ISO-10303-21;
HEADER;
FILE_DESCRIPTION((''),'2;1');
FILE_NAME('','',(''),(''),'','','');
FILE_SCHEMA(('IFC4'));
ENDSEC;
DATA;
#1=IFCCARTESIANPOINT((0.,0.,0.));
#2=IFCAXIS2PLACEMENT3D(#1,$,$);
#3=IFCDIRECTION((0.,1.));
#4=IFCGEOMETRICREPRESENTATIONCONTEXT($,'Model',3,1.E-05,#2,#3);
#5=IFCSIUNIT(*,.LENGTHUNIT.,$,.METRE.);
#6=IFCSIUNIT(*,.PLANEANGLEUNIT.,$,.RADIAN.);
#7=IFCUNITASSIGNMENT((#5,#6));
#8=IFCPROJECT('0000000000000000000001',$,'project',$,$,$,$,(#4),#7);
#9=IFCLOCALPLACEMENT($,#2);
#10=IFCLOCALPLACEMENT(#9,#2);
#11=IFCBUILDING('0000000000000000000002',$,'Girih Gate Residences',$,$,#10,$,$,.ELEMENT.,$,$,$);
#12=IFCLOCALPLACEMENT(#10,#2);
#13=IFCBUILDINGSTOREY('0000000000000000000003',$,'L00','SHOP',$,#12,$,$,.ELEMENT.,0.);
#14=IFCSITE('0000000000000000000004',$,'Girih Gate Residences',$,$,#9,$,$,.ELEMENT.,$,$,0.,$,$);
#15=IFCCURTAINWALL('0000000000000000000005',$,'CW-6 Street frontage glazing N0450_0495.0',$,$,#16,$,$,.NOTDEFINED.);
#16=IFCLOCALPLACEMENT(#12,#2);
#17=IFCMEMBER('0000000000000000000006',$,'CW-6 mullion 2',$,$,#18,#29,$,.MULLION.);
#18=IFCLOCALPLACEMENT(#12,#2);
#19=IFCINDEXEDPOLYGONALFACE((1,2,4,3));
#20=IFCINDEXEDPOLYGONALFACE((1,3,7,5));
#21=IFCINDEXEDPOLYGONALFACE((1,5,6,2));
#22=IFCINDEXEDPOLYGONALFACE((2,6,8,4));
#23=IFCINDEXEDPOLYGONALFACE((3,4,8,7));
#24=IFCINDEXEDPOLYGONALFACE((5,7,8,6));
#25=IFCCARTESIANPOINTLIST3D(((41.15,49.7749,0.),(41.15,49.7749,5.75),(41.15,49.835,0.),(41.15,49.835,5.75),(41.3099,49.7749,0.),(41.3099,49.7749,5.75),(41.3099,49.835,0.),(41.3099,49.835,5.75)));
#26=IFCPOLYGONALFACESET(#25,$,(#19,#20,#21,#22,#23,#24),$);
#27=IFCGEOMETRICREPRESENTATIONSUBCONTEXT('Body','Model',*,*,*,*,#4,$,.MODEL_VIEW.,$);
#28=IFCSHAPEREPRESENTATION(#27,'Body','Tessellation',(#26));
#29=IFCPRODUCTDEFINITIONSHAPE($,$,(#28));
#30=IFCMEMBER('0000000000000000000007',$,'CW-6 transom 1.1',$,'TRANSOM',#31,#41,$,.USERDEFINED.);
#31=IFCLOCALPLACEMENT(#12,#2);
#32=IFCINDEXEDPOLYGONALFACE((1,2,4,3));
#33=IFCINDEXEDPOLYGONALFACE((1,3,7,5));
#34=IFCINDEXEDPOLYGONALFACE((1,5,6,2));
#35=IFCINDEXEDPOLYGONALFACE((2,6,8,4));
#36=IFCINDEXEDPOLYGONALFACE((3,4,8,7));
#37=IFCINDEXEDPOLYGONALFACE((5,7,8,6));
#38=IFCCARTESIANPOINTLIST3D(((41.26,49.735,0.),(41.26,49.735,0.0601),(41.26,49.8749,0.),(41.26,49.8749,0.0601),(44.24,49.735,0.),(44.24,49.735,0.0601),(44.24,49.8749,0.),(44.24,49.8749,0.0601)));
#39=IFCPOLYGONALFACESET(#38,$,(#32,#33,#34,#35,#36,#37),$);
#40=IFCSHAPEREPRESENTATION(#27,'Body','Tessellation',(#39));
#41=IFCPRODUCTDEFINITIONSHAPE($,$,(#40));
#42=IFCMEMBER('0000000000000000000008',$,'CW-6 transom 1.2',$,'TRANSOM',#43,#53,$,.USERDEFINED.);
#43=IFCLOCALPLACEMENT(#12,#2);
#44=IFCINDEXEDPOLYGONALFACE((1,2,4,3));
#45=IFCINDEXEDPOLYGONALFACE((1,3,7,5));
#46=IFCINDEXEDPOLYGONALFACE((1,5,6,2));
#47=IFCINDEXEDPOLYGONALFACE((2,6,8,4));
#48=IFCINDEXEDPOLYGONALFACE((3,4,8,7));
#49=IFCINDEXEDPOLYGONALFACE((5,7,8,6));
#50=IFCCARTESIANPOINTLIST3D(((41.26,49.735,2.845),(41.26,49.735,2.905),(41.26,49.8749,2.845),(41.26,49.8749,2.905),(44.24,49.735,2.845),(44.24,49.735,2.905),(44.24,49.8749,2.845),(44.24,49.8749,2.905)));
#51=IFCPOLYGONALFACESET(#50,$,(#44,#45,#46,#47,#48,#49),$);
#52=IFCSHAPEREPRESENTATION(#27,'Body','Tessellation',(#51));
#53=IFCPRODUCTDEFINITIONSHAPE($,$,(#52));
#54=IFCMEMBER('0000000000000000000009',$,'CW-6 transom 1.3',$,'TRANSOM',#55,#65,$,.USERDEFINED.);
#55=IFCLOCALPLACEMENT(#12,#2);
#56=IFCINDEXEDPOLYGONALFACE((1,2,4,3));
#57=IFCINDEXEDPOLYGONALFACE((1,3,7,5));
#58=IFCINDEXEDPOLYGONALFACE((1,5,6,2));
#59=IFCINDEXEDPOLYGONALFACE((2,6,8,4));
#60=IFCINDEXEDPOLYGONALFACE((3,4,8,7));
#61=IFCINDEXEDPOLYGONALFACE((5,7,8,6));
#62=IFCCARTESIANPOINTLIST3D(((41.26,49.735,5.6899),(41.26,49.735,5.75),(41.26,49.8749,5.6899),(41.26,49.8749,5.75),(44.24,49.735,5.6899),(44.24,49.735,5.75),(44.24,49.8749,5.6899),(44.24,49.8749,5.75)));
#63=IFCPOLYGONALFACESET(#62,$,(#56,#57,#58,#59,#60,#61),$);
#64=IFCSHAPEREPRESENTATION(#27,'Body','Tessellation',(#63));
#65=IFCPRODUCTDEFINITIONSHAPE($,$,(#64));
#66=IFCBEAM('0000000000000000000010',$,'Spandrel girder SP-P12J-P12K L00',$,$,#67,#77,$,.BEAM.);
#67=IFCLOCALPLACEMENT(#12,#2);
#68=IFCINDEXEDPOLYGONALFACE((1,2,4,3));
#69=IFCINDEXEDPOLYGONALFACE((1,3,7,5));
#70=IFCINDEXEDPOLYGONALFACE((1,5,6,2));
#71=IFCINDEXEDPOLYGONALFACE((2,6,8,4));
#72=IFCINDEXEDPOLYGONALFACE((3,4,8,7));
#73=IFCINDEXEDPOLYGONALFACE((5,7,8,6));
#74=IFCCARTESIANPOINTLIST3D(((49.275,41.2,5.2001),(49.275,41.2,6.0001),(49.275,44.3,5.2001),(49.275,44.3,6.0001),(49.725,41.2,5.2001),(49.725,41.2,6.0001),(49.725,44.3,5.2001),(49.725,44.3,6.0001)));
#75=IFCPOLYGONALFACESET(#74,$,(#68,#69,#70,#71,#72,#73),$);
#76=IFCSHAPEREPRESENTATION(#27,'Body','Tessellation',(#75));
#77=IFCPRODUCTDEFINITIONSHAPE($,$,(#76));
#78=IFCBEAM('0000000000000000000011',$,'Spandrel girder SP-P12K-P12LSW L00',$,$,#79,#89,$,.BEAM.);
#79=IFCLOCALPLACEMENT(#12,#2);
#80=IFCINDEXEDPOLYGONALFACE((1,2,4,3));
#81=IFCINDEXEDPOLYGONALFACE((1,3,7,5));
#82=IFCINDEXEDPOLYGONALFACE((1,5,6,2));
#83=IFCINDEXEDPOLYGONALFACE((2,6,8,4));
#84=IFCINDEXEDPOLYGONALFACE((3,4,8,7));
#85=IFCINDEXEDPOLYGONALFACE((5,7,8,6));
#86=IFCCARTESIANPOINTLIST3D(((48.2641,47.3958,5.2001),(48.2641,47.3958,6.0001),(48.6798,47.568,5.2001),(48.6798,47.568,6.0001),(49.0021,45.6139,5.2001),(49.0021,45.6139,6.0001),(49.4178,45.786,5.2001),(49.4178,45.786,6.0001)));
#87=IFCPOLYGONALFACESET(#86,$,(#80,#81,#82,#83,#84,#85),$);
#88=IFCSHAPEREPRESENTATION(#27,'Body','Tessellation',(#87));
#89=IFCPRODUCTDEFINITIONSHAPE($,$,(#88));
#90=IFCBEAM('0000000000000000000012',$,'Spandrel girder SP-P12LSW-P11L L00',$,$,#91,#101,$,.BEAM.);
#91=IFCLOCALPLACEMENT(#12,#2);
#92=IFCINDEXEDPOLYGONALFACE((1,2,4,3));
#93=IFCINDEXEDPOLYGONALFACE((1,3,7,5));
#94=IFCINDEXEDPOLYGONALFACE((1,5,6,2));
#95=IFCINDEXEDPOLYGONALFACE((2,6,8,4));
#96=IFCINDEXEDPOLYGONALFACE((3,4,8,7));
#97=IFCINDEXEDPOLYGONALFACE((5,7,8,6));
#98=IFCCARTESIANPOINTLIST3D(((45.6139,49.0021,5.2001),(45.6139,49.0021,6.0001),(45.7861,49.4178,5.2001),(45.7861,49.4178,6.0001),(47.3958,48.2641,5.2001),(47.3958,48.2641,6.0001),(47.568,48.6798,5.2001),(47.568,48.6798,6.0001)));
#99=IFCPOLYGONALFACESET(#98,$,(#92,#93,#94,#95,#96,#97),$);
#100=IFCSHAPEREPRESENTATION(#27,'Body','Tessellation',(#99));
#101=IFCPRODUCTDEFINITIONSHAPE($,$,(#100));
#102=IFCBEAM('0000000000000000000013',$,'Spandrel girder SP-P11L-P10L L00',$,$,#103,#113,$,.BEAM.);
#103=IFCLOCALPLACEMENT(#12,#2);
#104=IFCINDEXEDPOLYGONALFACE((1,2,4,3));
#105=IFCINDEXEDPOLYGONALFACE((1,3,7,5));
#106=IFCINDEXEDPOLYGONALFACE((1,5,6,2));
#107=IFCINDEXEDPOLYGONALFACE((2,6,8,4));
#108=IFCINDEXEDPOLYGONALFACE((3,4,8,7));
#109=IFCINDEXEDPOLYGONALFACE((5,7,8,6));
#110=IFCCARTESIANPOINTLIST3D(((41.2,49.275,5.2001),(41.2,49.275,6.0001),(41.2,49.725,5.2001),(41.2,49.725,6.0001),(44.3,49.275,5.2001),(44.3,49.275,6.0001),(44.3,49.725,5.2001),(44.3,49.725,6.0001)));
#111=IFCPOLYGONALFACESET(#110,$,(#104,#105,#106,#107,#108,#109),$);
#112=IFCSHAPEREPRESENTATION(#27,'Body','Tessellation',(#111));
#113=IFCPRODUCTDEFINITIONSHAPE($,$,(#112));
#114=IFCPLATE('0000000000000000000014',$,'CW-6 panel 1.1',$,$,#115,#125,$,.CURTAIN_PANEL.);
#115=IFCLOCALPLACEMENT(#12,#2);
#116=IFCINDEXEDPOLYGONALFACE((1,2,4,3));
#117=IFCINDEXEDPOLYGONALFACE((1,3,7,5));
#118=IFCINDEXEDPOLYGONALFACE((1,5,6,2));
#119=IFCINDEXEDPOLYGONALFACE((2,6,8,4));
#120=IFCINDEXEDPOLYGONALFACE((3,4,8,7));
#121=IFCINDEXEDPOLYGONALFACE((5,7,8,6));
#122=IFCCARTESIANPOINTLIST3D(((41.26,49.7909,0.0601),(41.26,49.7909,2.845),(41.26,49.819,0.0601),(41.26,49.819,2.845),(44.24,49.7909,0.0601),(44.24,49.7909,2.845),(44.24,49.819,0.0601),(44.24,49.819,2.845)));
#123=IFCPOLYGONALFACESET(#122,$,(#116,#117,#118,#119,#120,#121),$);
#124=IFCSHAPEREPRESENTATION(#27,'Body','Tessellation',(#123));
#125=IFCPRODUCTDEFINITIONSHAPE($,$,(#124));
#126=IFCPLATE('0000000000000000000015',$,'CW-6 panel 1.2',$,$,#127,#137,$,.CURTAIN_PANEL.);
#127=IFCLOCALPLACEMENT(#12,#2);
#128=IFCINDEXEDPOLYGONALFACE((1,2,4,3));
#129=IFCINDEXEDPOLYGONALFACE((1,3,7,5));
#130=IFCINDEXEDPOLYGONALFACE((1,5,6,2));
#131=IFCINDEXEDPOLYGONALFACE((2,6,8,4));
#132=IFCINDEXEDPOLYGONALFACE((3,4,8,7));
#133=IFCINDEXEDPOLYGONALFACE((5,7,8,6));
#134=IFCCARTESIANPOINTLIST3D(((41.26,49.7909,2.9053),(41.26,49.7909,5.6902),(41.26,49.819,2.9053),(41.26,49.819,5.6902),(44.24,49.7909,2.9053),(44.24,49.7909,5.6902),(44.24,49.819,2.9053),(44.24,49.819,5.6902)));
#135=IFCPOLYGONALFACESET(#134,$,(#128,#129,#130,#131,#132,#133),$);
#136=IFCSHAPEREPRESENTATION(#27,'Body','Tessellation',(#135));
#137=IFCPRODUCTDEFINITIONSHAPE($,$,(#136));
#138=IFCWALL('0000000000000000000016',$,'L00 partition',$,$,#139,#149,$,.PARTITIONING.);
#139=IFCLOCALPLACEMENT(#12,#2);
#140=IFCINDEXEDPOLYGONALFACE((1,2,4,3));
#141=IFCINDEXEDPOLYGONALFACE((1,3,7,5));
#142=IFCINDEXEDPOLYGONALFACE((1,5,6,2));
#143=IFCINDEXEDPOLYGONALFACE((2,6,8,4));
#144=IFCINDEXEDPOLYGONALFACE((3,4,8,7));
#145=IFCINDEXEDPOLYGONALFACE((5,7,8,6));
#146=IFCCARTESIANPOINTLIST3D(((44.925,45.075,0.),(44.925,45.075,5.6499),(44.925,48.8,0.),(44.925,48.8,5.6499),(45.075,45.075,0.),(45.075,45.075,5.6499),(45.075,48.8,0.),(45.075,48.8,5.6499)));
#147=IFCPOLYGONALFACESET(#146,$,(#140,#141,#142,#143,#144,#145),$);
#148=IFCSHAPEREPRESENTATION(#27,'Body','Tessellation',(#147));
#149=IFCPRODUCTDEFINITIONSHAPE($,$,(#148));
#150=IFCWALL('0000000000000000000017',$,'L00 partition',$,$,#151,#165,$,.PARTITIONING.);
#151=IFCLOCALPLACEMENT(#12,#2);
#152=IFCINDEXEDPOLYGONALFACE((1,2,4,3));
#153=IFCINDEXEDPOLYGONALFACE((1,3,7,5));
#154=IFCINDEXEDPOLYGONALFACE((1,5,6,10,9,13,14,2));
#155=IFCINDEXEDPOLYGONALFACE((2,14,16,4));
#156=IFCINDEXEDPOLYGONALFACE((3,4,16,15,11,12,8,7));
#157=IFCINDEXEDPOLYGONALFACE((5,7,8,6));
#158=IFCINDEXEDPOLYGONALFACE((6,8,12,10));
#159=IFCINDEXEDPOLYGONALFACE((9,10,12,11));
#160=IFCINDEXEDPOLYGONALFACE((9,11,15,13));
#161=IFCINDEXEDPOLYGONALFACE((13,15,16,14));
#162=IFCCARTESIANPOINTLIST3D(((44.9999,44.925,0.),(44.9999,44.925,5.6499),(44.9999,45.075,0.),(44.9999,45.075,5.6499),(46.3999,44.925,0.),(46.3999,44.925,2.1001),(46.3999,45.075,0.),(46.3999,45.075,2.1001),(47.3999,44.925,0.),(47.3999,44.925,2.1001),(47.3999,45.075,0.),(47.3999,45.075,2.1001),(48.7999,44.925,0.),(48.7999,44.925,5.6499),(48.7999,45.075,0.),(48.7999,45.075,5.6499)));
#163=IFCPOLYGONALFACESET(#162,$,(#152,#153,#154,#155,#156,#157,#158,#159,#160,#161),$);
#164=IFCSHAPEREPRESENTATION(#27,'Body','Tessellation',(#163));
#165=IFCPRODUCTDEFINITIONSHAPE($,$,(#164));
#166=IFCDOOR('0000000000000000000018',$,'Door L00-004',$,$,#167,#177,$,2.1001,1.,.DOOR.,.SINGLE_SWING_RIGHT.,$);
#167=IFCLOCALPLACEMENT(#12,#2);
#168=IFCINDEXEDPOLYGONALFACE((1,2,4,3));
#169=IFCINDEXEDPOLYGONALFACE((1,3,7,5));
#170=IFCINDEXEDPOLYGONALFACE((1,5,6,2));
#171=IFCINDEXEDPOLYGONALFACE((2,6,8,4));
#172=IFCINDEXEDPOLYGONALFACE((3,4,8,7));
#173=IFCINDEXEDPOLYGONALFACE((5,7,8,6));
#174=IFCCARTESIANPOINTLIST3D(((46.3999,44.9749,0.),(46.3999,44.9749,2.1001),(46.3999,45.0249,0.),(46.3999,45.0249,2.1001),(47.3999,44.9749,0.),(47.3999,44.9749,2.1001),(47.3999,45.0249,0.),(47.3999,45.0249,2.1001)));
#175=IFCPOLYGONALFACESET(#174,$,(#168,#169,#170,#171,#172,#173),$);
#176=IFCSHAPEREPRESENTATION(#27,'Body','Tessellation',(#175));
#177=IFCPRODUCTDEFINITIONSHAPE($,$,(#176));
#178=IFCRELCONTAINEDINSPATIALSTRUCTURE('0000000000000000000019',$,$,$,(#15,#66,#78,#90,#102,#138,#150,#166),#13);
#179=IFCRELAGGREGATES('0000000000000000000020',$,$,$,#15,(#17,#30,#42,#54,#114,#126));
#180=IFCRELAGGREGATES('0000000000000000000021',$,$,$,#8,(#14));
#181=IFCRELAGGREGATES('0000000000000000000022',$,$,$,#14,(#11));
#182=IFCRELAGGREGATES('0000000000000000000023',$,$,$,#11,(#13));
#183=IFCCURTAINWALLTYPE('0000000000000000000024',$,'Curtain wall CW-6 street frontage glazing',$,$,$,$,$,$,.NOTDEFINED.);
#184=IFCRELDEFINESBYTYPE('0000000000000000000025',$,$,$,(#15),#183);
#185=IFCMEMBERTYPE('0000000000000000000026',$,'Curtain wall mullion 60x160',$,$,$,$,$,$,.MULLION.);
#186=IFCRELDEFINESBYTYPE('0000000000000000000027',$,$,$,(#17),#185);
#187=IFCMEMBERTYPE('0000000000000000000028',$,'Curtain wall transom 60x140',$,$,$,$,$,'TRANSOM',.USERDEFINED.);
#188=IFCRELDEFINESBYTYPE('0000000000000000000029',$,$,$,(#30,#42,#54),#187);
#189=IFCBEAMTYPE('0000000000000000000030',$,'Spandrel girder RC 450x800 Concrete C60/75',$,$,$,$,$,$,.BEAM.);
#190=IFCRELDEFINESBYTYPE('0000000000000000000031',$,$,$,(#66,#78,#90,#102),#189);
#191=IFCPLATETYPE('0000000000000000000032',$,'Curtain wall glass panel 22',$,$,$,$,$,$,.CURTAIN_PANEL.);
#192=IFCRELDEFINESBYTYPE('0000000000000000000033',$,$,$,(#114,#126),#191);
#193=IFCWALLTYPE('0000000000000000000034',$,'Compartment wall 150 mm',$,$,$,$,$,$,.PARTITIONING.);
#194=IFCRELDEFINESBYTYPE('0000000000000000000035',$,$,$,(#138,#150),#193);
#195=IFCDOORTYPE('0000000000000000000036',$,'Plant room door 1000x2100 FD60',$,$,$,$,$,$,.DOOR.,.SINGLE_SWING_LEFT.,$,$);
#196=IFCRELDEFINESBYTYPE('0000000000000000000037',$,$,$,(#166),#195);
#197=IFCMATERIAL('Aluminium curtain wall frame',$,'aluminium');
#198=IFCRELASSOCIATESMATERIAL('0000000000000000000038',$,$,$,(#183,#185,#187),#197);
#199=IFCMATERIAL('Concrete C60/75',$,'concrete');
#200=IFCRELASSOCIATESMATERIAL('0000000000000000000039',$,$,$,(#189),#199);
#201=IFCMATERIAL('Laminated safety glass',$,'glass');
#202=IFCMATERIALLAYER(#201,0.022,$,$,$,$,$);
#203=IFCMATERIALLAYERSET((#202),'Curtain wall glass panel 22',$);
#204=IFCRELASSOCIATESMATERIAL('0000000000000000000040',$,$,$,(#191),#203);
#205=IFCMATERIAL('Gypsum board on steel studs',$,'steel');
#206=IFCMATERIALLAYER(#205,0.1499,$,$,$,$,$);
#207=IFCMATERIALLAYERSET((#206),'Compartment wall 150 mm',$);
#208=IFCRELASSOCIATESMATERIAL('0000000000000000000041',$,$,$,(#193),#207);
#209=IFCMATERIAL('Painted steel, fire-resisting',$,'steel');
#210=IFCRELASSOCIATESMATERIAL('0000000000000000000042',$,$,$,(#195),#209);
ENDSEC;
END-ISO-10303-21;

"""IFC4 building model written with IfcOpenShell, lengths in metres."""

from ifc_helpers import new_model, si_unit, direction, frame, frame_2d, origin, origin_2d, place, context, subcontext, project, spatial, rectangle, extrude, material, layer, layer_set, material_profile, profile_set, type_object, element, fill, aggregate, save


model = new_model("IFC4")

# Units and contexts
model_context = context("Model", 3, precision=1e-05, world=origin(), true_north=direction((0.0, 1.0)))
body_context = subcontext(model_context, "Body", "Model", "MODEL_VIEW")
ifc_project = project(units=[si_unit("LENGTHUNIT", "METRE"), si_unit("PLANEANGLEUNIT", "RADIAN")], contexts=[model_context])

# Site, building, storey
site_placement = place(None, origin())
site = spatial("IfcSite", under=ifc_project, at=site_placement, Name="Girih Gate Residences", CompositionType="ELEMENT", RefElevation=0.0)
building_placement = place(site_placement, origin())
building = spatial("IfcBuilding", under=site, at=building_placement, Name="Girih Gate Residences", CompositionType="ELEMENT")
storey_placement = place(building_placement, origin())
storey = spatial("IfcBuildingStorey", under=building, at=storey_placement, Name="L00", Description="SHOP", CompositionType="ELEMENT", Elevation=0.0)

# Curtain wall, members
ifc_material_1 = material(Name="Aluminium curtain wall frame", Category="aluminium")
curtain_wall_type = type_object("IfcCurtainWallType", Name="Curtain wall CW-6 street frontage glazing", PredefinedType="NOTDEFINED", material=ifc_material_1)
curtain_wall_placement = place(storey_placement, origin())
curtain_wall = element("IfcCurtainWall", 1, at=curtain_wall_placement, inside=storey, type_object=curtain_wall_type, Name="CW-6 Street frontage glazing N0450_0495.0", PredefinedType="NOTDEFINED")
ifc_material_profile_1 = material_profile(ifc_material_1, rectangle(XDim=0.0601, YDim=0.1599, at=origin_2d()))
ifc_profile_set_1 = profile_set([ifc_material_profile_1], Name="Aluminium curtain wall frame")
member_type_1 = type_object("IfcMemberType", Name="Curtain wall mullion 60x160", PredefinedType="MULLION", material=ifc_profile_set_1)
member_1_placement = place(storey_placement, frame((41.23, 49.8049, 0.0), z_axis=(0.0, 0.0, 1.0), x_axis=(0.0, -1.0, 0.0)))
member_1 = element("IfcMember", 2, at=member_1_placement, type_object=member_type_1, Name="CW-6 mullion 2", PredefinedType="MULLION", context=body_context, shape_type="SweptSolid", body=[
    extrude(rectangle(XDim=0.0601, YDim=0.1599, at=origin_2d()), origin(), (0.0, 0.0, 1.0), 5.75),
])
ifc_material_profile_2 = material_profile(ifc_material_1, rectangle(XDim=0.1399, YDim=0.0601, at=origin_2d()))
ifc_profile_set_2 = profile_set([ifc_material_profile_2], Name="Aluminium curtain wall frame")
member_type_2 = type_object("IfcMemberType", Name="Curtain wall transom 60x140", ElementType="TRANSOM", PredefinedType="USERDEFINED", material=ifc_profile_set_2)
member_2_placement = place(storey_placement, frame((44.24, 49.8049, 0.03), z_axis=(-1.0, 0.0, 0.0), x_axis=(0.0, -1.0, 0.0)))
member_2 = element("IfcMember", 3, at=member_2_placement, type_object=member_type_2, Name="CW-6 transom 1.1", ObjectType="TRANSOM", PredefinedType="USERDEFINED", context=body_context, shape_type="SweptSolid", body=[
    extrude(rectangle(XDim=0.1399, YDim=0.0601, at=origin_2d()), origin(), (0.0, 0.0, 1.0), 2.98),
])
member_3_placement = place(storey_placement, frame((44.24, 49.8049, 2.875), z_axis=(-1.0, 0.0, 0.0), x_axis=(0.0, -1.0, 0.0)))
member_3 = element("IfcMember", 4, at=member_3_placement, type_object=member_type_2, Name="CW-6 transom 1.2", ObjectType="TRANSOM", PredefinedType="USERDEFINED", context=body_context, shape_type="SweptSolid", body=[
    extrude(rectangle(XDim=0.1399, YDim=0.0601, at=origin_2d()), origin(), (0.0, 0.0, 1.0), 2.98),
])
member_4_placement = place(storey_placement, frame((44.24, 49.8049, 5.72), z_axis=(-1.0, 0.0, 0.0), x_axis=(0.0, -1.0, 0.0)))
member_4 = element("IfcMember", 5, at=member_4_placement, type_object=member_type_2, Name="CW-6 transom 1.3", ObjectType="TRANSOM", PredefinedType="USERDEFINED", context=body_context, shape_type="SweptSolid", body=[
    extrude(rectangle(XDim=0.1399, YDim=0.0601, at=origin_2d()), origin(), (0.0, 0.0, 1.0), 2.98),
])

# Beams
ifc_material_2 = material(Name="Concrete C60/75", Category="concrete")
ifc_material_profile_3 = material_profile(ifc_material_2, rectangle(XDim=0.45, YDim=0.8, at=origin_2d()))
ifc_profile_set_3 = profile_set([ifc_material_profile_3], Name="Concrete C60/75")
beam_type = type_object("IfcBeamType", Name="Spandrel girder RC 450x800 Concrete C60/75", PredefinedType="BEAM", material=ifc_profile_set_3)
beam_1_placement = place(storey_placement, frame((49.5, 41.2, 5.6001), z_axis=(0.0, 1.0, 0.0), x_axis=(-1.0, 0.0, 0.0)))
element("IfcBeam", 6, at=beam_1_placement, inside=storey, type_object=beam_type, Name="Spandrel girder SP-P12J-P12K L00", PredefinedType="BEAM", context=body_context, shape_type="SweptSolid", body=[
    extrude(rectangle(XDim=0.45, YDim=0.8, at=origin_2d()), origin(), (0.0, 0.0, 1.0), 3.1001),
])
for number, where, z_axis, x_axis, name in (
    (7, (49.21, 45.7, 5.6001), (-0.382646, 0.923895, 0.0), (-0.923895, -0.382646, 0.0), "Spandrel girder SP-P12K-P12LSW L00"),
    (8, (47.4819, 48.4719, 5.6001), (-0.923895, 0.382646, 0.0), (-0.382646, -0.923895, 0.0), "Spandrel girder SP-P12LSW-P11L L00"),
):
    element("IfcBeam", number, at=place(storey_placement, frame(where, z_axis=z_axis, x_axis=x_axis)), inside=storey, type_object=beam_type, Name=name, PredefinedType="BEAM", context=body_context, shape_type="SweptSolid", body=[
        extrude(rectangle(XDim=0.45, YDim=0.8, at=origin_2d()), origin(), (0.0, 0.0, 1.0), 1.9287),
    ])
beam_2_placement = place(storey_placement, frame((44.3, 49.5, 5.6001), z_axis=(-1.0, 0.0, 0.0), x_axis=(0.0, -1.0, 0.0)))
element("IfcBeam", 9, at=beam_2_placement, inside=storey, type_object=beam_type, Name="Spandrel girder SP-P11L-P10L L00", PredefinedType="BEAM", context=body_context, shape_type="SweptSolid", body=[
    extrude(rectangle(XDim=0.45, YDim=0.8, at=origin_2d()), origin(), (0.0, 0.0, 1.0), 3.1001),
])

# Plates
ifc_material_3 = material(Name="Laminated safety glass", Category="glass")
ifc_layer_1 = layer(ifc_material_3, 0.022)
ifc_layer_set_1 = layer_set([ifc_layer_1], Name="Curtain wall glass panel 22")
plate_type = type_object("IfcPlateType", Name="Curtain wall glass panel 22", PredefinedType="CURTAIN_PANEL", material=ifc_layer_set_1)
plate_1_placement = place(storey_placement, frame((42.75, 49.8049, 0.0601), z_axis=(0.0, 0.0, 1.0), x_axis=(-1.0, 0.0, 0.0)))
plate_1 = element("IfcPlate", 10, at=plate_1_placement, type_object=plate_type, Name="CW-6 panel 1.1", PredefinedType="CURTAIN_PANEL", context=body_context, shape_type="SweptSolid", body=[
    extrude(rectangle(XDim=2.98, YDim=0.0281, at=origin_2d()), origin(), (0.0, 0.0, 1.0), 2.7849),
])
plate_2_placement = place(storey_placement, frame((42.75, 49.8049, 2.9053), z_axis=(0.0, 0.0, 1.0), x_axis=(-1.0, 0.0, 0.0)))
plate_2 = element("IfcPlate", 11, at=plate_2_placement, type_object=plate_type, Name="CW-6 panel 1.2", PredefinedType="CURTAIN_PANEL", context=body_context, shape_type="SweptSolid", body=[
    extrude(rectangle(XDim=2.98, YDim=0.0281, at=origin_2d()), origin(), (0.0, 0.0, 1.0), 2.7849),
])
aggregate(curtain_wall, [member_1, member_2, member_3, member_4, plate_1, plate_2])

# Wall
ifc_material_4 = material(Name="Gypsum board on steel studs", Category="steel")
ifc_layer_2 = layer(ifc_material_4, 0.1499)
ifc_layer_set_2 = layer_set([ifc_layer_2], Name="Compartment wall 150 mm")
wall_type_1 = type_object("IfcWallType", Name="Compartment wall 150 mm", PredefinedType="PARTITIONING", material=ifc_layer_set_2)
wall_1_placement = place(storey_placement, frame((45.0, 45.075, 0.0), z_axis=(0.0, 0.0, 1.0), x_axis=(0.0, 1.0, 0.0)))
element("IfcWall", 12, at=wall_1_placement, inside=storey, type_object=wall_type_1, Name="L00 partition", PredefinedType="PARTITIONING", context=body_context, shape_type="SweptSolid", body=[
    extrude(rectangle(XDim=3.7251, YDim=0.1499, at=frame_2d((1.8625, 0.0))), origin(), (0.0, 0.0, 1.0), 5.6499),
])

# Wall, opening, door
wall_2_placement = place(storey_placement, frame((45.0, 45.0, 0.0), z_axis=(0.0, 0.0, 1.0), x_axis=(1.0, 0.0, 0.0)))
wall_2 = element("IfcWall", 13, at=wall_2_placement, inside=storey, type_object=wall_type_1, Name="L00 partition", PredefinedType="PARTITIONING", context=body_context, shape_type="SweptSolid", body=[
    extrude(rectangle(XDim=3.8, YDim=0.1499, at=frame_2d((1.8999, 0.0))), origin(), (0.0, 0.0, 1.0), 5.6499),
])
opening_1_placement = place(wall_2_placement, frame((1.3999, 0.0, 0.0)))
opening_1 = element("IfcOpeningElement", 14, at=opening_1_placement, cuts=wall_2, PredefinedType="OPENING", context=body_context, shape_type="SweptSolid", body=[
    extrude(rectangle(XDim=1.0, YDim=2.1001, at=frame_2d((0.5, 1.05))), frame((0.0, 0.085, 0.0), z_axis=(0.0, -1.0, 0.0), x_axis=(1.0, 0.0, 0.0)), (0.0, 0.0, 1.0), 0.1699),
])
ifc_material_5 = material(Name="Painted steel, fire-resisting", Category="steel")
door_type_1 = type_object("IfcDoorType", Name="Plant room door 1000x2100 FD60", OperationType="SINGLE_SWING_LEFT", PredefinedType="DOOR", material=ifc_material_5)
door_1_placement = place(opening_1_placement, origin())
door_1 = element("IfcDoor", 15, at=door_1_placement, inside=storey, type_object=door_type_1, Name="Door L00-004", OperationType="SINGLE_SWING_RIGHT", OverallHeight=2.1001, OverallWidth=1.0, PredefinedType="DOOR", context=body_context, shape_type="SweptSolid", body=[
    extrude(rectangle(XDim=1.0, YDim=2.1001, at=frame_2d((0.5, 1.05))), frame((0.0, 0.0249, 0.0), z_axis=(0.0, -1.0, 0.0), x_axis=(1.0, 0.0, 0.0)), (0.0, 0.0, 1.0), 0.05),
])
fill(opening_1, door_1)

save(model, "model.ifc")
